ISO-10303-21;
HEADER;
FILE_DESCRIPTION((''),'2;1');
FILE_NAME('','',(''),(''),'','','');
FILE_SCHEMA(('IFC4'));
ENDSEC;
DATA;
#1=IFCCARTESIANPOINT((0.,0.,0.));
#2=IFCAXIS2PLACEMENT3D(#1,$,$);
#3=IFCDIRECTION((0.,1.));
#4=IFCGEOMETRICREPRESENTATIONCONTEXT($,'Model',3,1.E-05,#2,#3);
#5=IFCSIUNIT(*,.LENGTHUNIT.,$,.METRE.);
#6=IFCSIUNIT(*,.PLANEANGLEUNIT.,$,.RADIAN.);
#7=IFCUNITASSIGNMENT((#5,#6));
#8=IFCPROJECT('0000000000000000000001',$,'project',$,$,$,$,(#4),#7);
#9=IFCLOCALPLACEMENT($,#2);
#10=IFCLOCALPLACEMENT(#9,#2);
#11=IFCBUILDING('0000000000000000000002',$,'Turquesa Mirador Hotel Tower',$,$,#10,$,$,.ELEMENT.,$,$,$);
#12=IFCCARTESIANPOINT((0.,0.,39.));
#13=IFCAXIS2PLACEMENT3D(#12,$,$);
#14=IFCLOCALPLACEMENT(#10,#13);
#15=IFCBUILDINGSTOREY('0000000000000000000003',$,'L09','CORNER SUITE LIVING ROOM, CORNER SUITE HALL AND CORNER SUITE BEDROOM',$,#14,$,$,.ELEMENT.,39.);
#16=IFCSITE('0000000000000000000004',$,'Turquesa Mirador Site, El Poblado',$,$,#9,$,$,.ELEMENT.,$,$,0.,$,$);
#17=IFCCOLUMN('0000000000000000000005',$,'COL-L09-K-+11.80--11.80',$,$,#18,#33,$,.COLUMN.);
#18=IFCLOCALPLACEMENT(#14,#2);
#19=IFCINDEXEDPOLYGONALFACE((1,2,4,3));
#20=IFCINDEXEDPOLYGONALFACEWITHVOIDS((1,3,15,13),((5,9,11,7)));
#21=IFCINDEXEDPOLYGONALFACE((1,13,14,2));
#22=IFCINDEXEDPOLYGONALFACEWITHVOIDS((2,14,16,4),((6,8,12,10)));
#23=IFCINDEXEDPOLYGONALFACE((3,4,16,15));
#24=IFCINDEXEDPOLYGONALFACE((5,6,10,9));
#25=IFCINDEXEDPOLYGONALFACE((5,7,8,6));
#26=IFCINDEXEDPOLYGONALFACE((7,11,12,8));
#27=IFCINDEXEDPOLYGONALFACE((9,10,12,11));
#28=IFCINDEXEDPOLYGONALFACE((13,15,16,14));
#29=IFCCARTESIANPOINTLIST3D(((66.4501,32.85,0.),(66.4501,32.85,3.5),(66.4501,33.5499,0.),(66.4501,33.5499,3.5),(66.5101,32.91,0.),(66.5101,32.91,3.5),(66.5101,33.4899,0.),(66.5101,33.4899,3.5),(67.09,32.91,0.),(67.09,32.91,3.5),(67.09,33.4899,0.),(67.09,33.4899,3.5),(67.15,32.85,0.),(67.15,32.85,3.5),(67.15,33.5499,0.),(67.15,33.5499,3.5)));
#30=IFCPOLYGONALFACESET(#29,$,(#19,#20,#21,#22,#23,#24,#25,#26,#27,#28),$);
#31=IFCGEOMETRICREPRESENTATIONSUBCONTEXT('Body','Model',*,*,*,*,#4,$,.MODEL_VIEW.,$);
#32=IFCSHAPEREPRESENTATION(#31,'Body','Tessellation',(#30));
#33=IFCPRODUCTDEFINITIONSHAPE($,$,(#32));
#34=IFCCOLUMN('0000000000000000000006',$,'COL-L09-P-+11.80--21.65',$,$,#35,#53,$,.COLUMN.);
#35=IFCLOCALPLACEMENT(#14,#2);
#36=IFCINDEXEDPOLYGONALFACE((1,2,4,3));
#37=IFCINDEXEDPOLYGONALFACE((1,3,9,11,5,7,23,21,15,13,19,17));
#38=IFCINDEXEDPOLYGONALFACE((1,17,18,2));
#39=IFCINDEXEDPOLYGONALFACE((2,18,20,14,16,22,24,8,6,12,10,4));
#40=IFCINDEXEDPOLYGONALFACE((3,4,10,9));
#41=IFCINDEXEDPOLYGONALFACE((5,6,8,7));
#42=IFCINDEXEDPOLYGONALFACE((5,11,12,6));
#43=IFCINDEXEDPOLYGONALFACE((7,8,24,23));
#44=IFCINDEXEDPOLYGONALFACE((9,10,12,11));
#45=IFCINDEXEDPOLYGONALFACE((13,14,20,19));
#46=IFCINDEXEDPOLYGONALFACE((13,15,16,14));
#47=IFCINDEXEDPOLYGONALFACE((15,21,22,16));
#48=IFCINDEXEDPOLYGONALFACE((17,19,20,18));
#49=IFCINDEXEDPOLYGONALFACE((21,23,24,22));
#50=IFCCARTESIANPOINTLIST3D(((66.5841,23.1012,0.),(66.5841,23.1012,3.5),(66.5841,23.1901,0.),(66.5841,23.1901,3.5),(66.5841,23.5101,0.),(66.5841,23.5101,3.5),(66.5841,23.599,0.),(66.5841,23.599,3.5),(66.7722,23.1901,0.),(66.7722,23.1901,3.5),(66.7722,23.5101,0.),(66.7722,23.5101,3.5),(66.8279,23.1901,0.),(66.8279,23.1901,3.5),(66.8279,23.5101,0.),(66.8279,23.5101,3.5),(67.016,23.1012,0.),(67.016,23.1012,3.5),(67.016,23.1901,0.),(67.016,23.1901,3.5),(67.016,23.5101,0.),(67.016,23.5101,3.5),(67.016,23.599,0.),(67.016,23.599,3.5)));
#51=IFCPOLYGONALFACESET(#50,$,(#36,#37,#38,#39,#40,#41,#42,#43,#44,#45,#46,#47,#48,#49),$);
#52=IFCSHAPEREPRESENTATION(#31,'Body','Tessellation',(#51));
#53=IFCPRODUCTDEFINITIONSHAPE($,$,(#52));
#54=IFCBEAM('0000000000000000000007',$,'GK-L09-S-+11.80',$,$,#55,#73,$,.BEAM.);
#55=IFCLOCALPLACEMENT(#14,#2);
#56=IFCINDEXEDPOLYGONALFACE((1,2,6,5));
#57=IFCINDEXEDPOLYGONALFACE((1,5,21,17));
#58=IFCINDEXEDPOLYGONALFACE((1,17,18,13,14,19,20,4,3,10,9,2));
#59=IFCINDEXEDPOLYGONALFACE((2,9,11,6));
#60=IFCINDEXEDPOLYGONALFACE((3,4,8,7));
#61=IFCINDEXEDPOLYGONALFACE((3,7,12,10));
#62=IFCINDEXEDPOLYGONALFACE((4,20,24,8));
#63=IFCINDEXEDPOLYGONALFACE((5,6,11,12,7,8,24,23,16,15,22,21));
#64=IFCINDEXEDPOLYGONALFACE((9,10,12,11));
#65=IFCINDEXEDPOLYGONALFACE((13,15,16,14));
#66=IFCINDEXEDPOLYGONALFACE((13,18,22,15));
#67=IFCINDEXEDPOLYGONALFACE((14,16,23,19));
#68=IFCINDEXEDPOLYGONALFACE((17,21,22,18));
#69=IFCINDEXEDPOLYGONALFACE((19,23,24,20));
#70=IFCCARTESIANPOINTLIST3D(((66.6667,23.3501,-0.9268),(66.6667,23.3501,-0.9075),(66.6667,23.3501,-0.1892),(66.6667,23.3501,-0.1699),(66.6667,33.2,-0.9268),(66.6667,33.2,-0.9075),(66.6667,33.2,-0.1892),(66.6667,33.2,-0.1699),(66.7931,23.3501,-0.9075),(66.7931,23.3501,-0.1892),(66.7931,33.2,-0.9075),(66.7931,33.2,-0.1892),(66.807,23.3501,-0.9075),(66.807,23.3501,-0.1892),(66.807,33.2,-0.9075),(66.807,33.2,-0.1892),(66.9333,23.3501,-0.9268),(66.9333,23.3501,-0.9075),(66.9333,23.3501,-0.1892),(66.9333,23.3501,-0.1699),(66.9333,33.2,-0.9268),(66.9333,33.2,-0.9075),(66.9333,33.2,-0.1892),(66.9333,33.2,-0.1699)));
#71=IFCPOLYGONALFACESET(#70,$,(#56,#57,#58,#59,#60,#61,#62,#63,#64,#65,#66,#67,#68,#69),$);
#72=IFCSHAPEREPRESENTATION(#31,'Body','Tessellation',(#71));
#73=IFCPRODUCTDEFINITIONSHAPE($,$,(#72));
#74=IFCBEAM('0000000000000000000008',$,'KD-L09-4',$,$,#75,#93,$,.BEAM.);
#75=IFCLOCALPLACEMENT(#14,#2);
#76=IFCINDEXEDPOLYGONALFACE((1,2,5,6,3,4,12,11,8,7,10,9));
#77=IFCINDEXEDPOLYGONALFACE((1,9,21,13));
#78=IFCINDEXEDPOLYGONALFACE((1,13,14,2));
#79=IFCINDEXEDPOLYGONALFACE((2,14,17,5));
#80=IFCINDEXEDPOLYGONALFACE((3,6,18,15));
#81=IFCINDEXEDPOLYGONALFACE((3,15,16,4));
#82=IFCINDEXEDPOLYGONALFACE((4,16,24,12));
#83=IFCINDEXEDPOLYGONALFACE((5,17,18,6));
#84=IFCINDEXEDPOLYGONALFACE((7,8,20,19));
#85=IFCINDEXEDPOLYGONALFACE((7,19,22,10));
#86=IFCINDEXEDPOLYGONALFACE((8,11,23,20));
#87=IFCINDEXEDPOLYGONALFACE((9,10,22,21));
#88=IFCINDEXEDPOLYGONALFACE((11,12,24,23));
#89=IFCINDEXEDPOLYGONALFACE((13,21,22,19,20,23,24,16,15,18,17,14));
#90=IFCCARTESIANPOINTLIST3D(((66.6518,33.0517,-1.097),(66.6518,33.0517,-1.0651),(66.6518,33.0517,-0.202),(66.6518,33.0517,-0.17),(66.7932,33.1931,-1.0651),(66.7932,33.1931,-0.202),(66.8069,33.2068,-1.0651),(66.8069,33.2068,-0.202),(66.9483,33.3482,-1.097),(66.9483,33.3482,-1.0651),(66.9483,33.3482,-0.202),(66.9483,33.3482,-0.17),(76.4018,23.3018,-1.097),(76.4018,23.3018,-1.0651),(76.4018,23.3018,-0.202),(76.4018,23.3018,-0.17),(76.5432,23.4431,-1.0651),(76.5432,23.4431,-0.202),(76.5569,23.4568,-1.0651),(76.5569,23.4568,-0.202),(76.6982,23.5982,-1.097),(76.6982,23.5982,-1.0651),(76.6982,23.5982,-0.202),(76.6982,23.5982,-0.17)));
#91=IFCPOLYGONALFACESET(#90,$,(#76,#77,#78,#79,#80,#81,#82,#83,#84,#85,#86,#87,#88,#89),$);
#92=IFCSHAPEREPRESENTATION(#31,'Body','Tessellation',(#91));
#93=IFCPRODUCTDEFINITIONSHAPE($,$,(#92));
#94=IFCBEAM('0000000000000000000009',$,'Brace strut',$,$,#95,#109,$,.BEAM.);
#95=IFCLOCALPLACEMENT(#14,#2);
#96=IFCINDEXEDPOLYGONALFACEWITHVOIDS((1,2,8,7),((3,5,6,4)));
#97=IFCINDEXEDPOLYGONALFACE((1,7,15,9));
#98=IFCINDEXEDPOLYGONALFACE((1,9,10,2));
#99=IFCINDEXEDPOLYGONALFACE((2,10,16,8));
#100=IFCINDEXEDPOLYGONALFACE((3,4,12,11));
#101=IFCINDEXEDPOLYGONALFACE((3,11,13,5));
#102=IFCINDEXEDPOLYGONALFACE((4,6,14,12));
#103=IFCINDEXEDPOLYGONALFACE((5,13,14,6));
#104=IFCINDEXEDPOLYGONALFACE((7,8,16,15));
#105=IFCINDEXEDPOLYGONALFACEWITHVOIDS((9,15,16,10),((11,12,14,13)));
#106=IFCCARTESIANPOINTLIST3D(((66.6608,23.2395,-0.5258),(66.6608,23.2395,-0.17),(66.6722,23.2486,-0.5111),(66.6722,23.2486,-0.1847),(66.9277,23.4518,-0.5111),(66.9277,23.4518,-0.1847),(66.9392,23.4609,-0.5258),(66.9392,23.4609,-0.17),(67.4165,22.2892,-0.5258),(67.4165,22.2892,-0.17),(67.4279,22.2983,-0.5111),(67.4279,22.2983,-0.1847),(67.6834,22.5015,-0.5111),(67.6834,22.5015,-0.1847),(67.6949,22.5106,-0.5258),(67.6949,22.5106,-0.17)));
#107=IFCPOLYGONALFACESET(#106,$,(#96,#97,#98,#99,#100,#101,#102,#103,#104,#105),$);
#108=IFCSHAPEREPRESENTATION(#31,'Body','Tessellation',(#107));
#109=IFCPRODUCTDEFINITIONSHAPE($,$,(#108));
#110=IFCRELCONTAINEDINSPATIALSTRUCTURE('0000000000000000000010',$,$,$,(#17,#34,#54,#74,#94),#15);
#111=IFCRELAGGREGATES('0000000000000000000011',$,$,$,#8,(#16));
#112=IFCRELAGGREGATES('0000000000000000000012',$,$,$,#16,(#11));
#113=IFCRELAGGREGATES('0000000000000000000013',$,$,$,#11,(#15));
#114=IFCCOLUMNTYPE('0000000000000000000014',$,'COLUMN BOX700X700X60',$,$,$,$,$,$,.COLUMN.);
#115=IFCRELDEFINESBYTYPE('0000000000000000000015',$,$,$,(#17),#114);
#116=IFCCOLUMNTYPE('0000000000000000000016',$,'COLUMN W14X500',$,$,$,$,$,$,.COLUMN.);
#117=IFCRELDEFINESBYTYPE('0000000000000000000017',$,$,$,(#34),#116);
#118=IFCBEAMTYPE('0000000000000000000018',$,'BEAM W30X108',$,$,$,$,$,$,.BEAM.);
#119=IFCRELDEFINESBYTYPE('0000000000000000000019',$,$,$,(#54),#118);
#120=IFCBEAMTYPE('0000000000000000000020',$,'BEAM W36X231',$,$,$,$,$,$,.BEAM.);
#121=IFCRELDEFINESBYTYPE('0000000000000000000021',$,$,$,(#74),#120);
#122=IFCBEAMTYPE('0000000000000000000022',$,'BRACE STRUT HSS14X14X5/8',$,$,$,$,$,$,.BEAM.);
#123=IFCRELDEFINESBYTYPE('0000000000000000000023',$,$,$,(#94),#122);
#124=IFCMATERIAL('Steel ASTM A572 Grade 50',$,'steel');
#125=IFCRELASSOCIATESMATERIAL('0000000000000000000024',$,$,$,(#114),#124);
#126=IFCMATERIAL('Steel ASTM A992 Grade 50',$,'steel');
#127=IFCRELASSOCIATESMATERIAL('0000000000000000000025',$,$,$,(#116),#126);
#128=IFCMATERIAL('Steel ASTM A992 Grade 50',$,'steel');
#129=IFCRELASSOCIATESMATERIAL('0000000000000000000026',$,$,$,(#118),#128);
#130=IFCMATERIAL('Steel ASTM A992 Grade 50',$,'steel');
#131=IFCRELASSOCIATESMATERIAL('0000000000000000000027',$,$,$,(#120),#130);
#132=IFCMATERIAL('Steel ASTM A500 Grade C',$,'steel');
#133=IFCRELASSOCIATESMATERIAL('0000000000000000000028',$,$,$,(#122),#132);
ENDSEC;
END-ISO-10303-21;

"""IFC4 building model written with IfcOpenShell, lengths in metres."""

from ifc_helpers import new_model, si_unit, direction, frame, origin, origin_2d, place, context, subcontext, project, spatial, hollow_rectangle, i_section, extrude, material, material_profile, profile_set, type_object, element, save


model = new_model("IFC4")

# Units and contexts
model_context = context("Model", 3, precision=1e-05, world=origin(), true_north=direction((0.0, 1.0)))
body_context = subcontext(model_context, "Body", "Model", "MODEL_VIEW")
ifc_project = project(units=[si_unit("LENGTHUNIT", "METRE"), si_unit("PLANEANGLEUNIT", "RADIAN")], contexts=[model_context])

# Site, building, storey
site_placement = place(None, origin())
site = spatial("IfcSite", under=ifc_project, at=site_placement, Name="Turquesa Mirador Site, El Poblado", CompositionType="ELEMENT", RefElevation=0.0)
building_placement = place(site_placement, origin())
building = spatial("IfcBuilding", under=site, at=building_placement, Name="Turquesa Mirador Hotel Tower", CompositionType="ELEMENT")
storey_placement = place(building_placement, frame((0.0, 0.0, 39.0)))
storey = spatial("IfcBuildingStorey", under=building, at=storey_placement, Name="L09", Description="CORNER SUITE LIVING ROOM, CORNER SUITE HALL AND CORNER SUITE BEDROOM", CompositionType="ELEMENT", Elevation=39.0)

# Columns
ifc_material_1 = material(Name="Steel ASTM A572 Grade 50", Category="steel")
ifc_material_profile_1 = material_profile(ifc_material_1, hollow_rectangle(XDim=0.7, YDim=0.7, WallThickness=0.0601, at=origin_2d()), Name="BOX700X700X60")
ifc_profile_set_1 = profile_set([ifc_material_profile_1], Name="Steel ASTM A572 Grade 50")
column_type_1 = type_object("IfcColumnType", Name="COLUMN BOX700X700X60", PredefinedType="COLUMN", material=ifc_profile_set_1)
column_1_placement = place(storey_placement, frame((66.8, 33.2, 0.0), z_axis=(0.0, 0.0, 1.0), x_axis=(1.0, 0.0, 0.0)))
element("IfcColumn", 1, at=column_1_placement, inside=storey, type_object=column_type_1, Name="COL-L09-K-+11.80--11.80", PredefinedType="COLUMN", context=body_context, shape_type="SweptSolid", body=[
    extrude(hollow_rectangle(XDim=0.7, YDim=0.7, WallThickness=0.0601, at=origin_2d()), origin(), (0.0, 0.0, 1.0), 3.5),
])
ifc_material_2 = material(Name="Steel ASTM A992 Grade 50", Category="steel")
ifc_material_profile_2 = material_profile(ifc_material_2, i_section(OverallWidth=0.4319, OverallDepth=0.4978, WebThickness=0.0557, FlangeThickness=0.0889, at=origin_2d()), Name="W14X500")
ifc_profile_set_2 = profile_set([ifc_material_profile_2], Name="Steel ASTM A992 Grade 50")
column_type_2 = type_object("IfcColumnType", Name="COLUMN W14X500", PredefinedType="COLUMN", material=ifc_profile_set_2)
column_2_placement = place(storey_placement, frame((66.8, 23.3501, 0.0), z_axis=(0.0, 0.0, 1.0), x_axis=(1.0, 0.0, 0.0)))
element("IfcColumn", 2, at=column_2_placement, inside=storey, type_object=column_type_2, Name="COL-L09-P-+11.80--21.65", PredefinedType="COLUMN", context=body_context, shape_type="SweptSolid", body=[
    extrude(i_section(OverallWidth=0.4319, OverallDepth=0.4978, WebThickness=0.0557, FlangeThickness=0.0889, at=origin_2d()), origin(), (0.0, 0.0, 1.0), 3.5),
])

# Beams
ifc_material_3 = material(Name="Steel ASTM A992 Grade 50", Category="steel")
ifc_material_profile_3 = material_profile(ifc_material_3, i_section(OverallWidth=0.2666, OverallDepth=0.7568, WebThickness=0.0139, FlangeThickness=0.0193, at=origin_2d()), Name="W30X108")
ifc_profile_set_3 = profile_set([ifc_material_profile_3], Name="Steel ASTM A992 Grade 50")
beam_type_1 = type_object("IfcBeamType", Name="BEAM W30X108", PredefinedType="BEAM", material=ifc_profile_set_3)
beam_1_placement = place(storey_placement, frame((66.8, 23.3501, -0.5483), z_axis=(0.0, 1.0, 0.0), x_axis=(-1.0, 0.0, 0.0)))
element("IfcBeam", 3, at=beam_1_placement, inside=storey, type_object=beam_type_1, Name="GK-L09-S-+11.80", PredefinedType="BEAM", context=body_context, shape_type="SweptSolid", body=[
    extrude(i_section(OverallWidth=0.2666, OverallDepth=0.7568, WebThickness=0.0139, FlangeThickness=0.0193, at=origin_2d()), origin(), (0.0, 0.0, 1.0), 9.8499),
])
ifc_material_4 = material(Name="Steel ASTM A992 Grade 50", Category="steel")
ifc_material_profile_4 = material_profile(ifc_material_4, i_section(OverallWidth=0.4192, OverallDepth=0.927, WebThickness=0.0193, FlangeThickness=0.032, at=origin_2d()), Name="W36X231")
ifc_profile_set_4 = profile_set([ifc_material_profile_4], Name="Steel ASTM A992 Grade 50")
beam_type_2 = type_object("IfcBeamType", Name="BEAM W36X231", PredefinedType="BEAM", material=ifc_profile_set_4)
beam_2_placement = place(storey_placement, frame((66.8, 33.2, -0.6335), z_axis=(0.707107, -0.707107, 0.0), x_axis=(0.707107, 0.707107, 0.0)))
element("IfcBeam", 4, at=beam_2_placement, inside=storey, type_object=beam_type_2, Name="KD-L09-4", PredefinedType="BEAM", context=body_context, shape_type="SweptSolid", body=[
    extrude(i_section(OverallWidth=0.4192, OverallDepth=0.927, WebThickness=0.0193, FlangeThickness=0.032, at=origin_2d()), origin(), (0.0, 0.0, 1.0), 13.7886),
])
ifc_material_5 = material(Name="Steel ASTM A500 Grade C", Category="steel")
ifc_material_profile_5 = material_profile(ifc_material_5, hollow_rectangle(XDim=0.3557, YDim=0.3557, WallThickness=0.0146, at=origin_2d()), Name="HSS14X14X5/8")
ifc_profile_set_5 = profile_set([ifc_material_profile_5], Name="Steel ASTM A500 Grade C")
beam_type_3 = type_object("IfcBeamType", Name="BRACE STRUT HSS14X14X5/8", PredefinedType="BEAM", material=ifc_profile_set_5)
beam_3_placement = place(storey_placement, frame((67.5557, 22.3999, -0.3479), z_axis=(-0.622412, 0.78269, 0.0), x_axis=(-0.78269, -0.622412, 0.0)))
element("IfcBeam", 5, at=beam_3_placement, inside=storey, type_object=beam_type_3, Name="Brace strut", PredefinedType="BEAM", context=body_context, shape_type="SweptSolid", body=[
    extrude(hollow_rectangle(XDim=0.3557, YDim=0.3557, WallThickness=0.0146, at=origin_2d()), origin(), (0.0, 0.0, 1.0), 1.2141),
])

save(model, "model.ifc")
